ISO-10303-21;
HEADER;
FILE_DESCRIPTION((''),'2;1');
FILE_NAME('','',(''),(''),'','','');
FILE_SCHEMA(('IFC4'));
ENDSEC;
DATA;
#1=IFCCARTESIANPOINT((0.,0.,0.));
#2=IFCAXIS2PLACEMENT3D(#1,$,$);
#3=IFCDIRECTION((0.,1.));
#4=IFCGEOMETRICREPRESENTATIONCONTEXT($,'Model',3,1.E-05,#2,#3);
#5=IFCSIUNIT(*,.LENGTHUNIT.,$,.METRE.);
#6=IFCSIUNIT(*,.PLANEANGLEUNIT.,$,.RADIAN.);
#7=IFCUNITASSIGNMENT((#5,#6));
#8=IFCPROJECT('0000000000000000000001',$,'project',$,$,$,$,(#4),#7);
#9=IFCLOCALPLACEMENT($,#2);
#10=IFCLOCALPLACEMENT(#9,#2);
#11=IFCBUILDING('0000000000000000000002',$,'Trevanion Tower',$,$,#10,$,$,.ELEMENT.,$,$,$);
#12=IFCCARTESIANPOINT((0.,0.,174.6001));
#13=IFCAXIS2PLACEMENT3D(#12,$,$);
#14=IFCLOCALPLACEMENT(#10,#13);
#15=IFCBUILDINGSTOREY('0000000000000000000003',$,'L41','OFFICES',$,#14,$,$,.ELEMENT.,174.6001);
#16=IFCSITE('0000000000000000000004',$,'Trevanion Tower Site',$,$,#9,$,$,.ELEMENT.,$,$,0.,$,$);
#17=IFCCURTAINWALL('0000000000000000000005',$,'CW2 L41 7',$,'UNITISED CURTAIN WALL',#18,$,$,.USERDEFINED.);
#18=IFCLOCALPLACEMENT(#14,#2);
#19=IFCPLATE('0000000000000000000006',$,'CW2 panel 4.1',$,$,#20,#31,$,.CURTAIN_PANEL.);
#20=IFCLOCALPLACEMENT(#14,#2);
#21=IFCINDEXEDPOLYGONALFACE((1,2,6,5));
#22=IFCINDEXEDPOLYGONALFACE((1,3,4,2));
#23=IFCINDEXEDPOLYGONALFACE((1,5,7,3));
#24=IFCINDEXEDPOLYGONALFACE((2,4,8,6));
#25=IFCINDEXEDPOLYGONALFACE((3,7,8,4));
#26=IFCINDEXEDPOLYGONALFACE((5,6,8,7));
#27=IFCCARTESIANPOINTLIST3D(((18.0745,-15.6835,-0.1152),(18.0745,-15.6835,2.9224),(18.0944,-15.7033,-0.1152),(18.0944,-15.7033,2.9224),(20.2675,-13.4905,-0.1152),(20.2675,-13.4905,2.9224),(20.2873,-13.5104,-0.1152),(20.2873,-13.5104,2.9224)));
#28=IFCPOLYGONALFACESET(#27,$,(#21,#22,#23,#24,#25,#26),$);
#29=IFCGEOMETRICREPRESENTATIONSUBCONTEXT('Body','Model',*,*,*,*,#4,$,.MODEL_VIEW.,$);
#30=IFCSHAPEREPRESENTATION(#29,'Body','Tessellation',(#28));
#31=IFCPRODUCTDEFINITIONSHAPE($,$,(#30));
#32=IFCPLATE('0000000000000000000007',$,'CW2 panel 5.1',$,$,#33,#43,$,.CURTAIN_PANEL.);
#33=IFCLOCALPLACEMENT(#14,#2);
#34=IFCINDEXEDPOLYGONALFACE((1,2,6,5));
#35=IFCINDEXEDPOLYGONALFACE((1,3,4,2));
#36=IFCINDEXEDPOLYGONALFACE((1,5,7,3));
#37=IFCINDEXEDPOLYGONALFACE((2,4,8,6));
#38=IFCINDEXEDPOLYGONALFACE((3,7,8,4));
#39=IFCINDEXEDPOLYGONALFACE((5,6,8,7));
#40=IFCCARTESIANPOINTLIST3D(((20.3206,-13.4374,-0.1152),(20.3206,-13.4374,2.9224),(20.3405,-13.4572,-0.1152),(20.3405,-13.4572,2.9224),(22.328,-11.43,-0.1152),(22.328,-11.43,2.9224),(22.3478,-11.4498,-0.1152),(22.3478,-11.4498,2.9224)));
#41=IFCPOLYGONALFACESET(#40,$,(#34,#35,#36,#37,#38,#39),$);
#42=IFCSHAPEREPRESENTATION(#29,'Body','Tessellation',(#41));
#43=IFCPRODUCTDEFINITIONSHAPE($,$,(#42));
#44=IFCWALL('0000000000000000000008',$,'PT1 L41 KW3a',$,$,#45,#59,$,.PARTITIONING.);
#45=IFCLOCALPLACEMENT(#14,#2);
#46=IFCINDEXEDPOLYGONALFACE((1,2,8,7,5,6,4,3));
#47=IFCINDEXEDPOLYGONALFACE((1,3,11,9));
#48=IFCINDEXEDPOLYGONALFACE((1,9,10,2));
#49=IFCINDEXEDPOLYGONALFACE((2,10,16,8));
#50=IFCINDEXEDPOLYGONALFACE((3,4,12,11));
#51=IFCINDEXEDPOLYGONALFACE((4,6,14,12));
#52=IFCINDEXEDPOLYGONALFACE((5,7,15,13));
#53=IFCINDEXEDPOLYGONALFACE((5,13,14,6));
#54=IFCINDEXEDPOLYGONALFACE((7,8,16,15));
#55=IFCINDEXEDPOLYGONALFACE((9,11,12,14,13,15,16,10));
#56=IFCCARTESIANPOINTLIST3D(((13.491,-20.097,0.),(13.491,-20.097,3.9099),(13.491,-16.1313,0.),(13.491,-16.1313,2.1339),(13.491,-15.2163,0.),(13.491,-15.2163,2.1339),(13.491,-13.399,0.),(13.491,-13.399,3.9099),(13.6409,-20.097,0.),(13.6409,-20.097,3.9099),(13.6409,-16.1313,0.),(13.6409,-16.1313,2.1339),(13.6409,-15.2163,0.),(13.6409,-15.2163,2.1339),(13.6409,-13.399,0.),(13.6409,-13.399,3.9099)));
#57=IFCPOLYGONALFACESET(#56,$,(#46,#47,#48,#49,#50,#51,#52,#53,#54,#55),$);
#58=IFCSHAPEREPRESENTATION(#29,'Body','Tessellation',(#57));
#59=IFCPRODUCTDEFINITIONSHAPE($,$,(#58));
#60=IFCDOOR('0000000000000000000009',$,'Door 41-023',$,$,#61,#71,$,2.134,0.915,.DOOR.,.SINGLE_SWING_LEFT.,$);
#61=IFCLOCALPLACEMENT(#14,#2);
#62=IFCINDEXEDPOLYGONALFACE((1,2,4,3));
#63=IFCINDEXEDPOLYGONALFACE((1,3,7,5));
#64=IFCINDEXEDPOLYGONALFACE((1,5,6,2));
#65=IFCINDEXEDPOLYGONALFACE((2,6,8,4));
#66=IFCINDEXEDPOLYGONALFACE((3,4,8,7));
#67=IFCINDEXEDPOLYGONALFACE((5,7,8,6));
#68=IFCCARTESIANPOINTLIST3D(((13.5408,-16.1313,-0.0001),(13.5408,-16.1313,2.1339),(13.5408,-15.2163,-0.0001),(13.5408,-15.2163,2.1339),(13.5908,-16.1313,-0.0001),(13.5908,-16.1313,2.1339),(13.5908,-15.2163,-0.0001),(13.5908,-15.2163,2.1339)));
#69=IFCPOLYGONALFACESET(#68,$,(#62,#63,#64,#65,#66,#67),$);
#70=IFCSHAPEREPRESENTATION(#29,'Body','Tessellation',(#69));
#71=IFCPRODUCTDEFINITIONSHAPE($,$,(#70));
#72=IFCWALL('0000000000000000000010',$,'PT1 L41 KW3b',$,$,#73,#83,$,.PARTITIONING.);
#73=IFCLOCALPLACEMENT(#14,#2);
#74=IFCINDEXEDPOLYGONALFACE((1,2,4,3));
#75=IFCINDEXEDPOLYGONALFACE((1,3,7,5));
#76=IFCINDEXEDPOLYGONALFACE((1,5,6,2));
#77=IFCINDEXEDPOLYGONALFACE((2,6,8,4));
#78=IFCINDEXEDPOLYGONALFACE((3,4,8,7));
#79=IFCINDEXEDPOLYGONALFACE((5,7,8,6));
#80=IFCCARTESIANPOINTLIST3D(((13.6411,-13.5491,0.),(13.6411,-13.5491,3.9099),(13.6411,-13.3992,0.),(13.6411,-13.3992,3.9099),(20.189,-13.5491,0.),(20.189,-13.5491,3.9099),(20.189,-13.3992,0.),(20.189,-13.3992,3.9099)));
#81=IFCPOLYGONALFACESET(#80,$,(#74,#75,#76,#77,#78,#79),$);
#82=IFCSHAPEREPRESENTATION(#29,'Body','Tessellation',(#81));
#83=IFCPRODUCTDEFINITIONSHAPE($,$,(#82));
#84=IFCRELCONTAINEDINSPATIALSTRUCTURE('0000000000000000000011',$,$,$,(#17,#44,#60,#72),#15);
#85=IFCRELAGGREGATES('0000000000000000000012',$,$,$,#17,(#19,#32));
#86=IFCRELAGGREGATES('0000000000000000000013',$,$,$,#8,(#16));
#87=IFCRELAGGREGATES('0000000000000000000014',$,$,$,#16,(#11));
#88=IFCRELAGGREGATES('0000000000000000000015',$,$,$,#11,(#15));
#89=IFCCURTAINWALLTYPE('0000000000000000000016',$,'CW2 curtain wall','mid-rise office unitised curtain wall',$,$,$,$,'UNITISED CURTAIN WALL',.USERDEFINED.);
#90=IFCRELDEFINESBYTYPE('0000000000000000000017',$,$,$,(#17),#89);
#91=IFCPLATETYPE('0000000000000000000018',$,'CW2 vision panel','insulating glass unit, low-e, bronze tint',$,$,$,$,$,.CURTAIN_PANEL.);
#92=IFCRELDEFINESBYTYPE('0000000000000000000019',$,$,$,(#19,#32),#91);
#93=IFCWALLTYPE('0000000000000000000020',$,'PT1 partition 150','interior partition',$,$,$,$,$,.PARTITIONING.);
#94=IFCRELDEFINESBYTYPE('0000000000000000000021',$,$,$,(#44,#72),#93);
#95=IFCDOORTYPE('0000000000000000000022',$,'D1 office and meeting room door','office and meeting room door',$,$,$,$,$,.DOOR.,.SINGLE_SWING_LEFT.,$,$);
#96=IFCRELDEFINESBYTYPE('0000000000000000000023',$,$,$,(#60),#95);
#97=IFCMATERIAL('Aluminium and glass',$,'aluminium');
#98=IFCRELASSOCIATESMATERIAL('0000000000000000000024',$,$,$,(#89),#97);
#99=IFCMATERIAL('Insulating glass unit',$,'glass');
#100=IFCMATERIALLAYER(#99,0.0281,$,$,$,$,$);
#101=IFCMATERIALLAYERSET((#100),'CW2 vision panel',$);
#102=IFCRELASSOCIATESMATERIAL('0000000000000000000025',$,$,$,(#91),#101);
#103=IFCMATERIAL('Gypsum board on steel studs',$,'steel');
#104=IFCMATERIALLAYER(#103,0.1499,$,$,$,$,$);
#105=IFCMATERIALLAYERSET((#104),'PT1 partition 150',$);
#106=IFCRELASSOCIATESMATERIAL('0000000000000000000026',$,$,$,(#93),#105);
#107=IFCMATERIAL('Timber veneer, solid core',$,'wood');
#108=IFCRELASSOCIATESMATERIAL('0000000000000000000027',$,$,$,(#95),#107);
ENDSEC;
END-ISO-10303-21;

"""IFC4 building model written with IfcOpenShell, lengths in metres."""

from ifc_helpers import new_model, si_unit, direction, frame, frame_2d, origin, origin_2d, place, context, subcontext, project, spatial, rectangle, extrude, material, layer, layer_set, type_object, element, fill, aggregate, save


model = new_model("IFC4")

# Units and contexts
model_context = context("Model", 3, precision=1e-05, world=origin(), true_north=direction((0.0, 1.0)))
body_context = subcontext(model_context, "Body", "Model", "MODEL_VIEW")
ifc_project = project(units=[si_unit("LENGTHUNIT", "METRE"), si_unit("PLANEANGLEUNIT", "RADIAN")], contexts=[model_context])

# Site, building, storey
site_placement = place(None, origin())
site = spatial("IfcSite", under=ifc_project, at=site_placement, Name="Trevanion Tower Site", CompositionType="ELEMENT", RefElevation=0.0)
building_placement = place(site_placement, origin())
building = spatial("IfcBuilding", under=site, at=building_placement, Name="Trevanion Tower", CompositionType="ELEMENT")
storey_placement = place(building_placement, frame((0.0, 0.0, 174.6001)))
storey = spatial("IfcBuildingStorey", under=building, at=storey_placement, Name="L41", Description="OFFICES", CompositionType="ELEMENT", Elevation=174.6001)

# Curtain wall
ifc_material_1 = material(Name="Aluminium and glass", Category="aluminium")
curtain_wall_type = type_object("IfcCurtainWallType", Name="CW2 curtain wall", Description="mid-rise office unitised curtain wall", ElementType="UNITISED CURTAIN WALL", PredefinedType="USERDEFINED", material=ifc_material_1)
curtain_wall_1_placement = place(storey_placement, origin())
curtain_wall_1 = element("IfcCurtainWall", 1, at=curtain_wall_1_placement, inside=storey, type_object=curtain_wall_type, Name="CW2 L41 7", ObjectType="UNITISED CURTAIN WALL", PredefinedType="USERDEFINED")

# Plates
ifc_material_2 = material(Name="Insulating glass unit", Category="glass")
ifc_layer_1 = layer(ifc_material_2, 0.0281)
ifc_layer_set_1 = layer_set([ifc_layer_1], Name="CW2 vision panel")
plate_type_1 = type_object("IfcPlateType", Name="CW2 vision panel", Description="insulating glass unit, low-e, bronze tint", PredefinedType="CURTAIN_PANEL", material=ifc_layer_set_1)
plate_1_placement = place(storey_placement, frame((19.1809, -14.5969, -0.1152), z_axis=(0.0, 0.0, 1.0), x_axis=(0.707107, 0.707107, 0.0)))
plate_1 = element("IfcPlate", 2, at=plate_1_placement, type_object=plate_type_1, Name="CW2 panel 4.1", PredefinedType="CURTAIN_PANEL", context=body_context, shape_type="SweptSolid", body=[
    extrude(rectangle(XDim=3.1013, YDim=0.0281, at=origin_2d()), origin(), (0.0, 0.0, 1.0), 3.0376),
])
plate_2_placement = place(storey_placement, frame((21.3342, -12.4436, -0.1152), z_axis=(0.0, 0.0, 1.0), x_axis=(0.707107, 0.707107, 0.0)))
plate_2 = element("IfcPlate", 3, at=plate_2_placement, type_object=plate_type_1, Name="CW2 panel 5.1", PredefinedType="CURTAIN_PANEL", context=body_context, shape_type="SweptSolid", body=[
    extrude(rectangle(XDim=2.8389, YDim=0.0281, at=origin_2d()), origin(), (0.0, 0.0, 1.0), 3.0376),
])
aggregate(curtain_wall_1, [plate_1, plate_2])

# Wall, opening, door
ifc_material_3 = material(Name="Gypsum board on steel studs", Category="steel")
ifc_layer_2 = layer(ifc_material_3, 0.1499)
ifc_layer_set_2 = layer_set([ifc_layer_2], Name="PT1 partition 150")
wall_type = type_object("IfcWallType", Name="PT1 partition 150", Description="interior partition", PredefinedType="PARTITIONING", material=ifc_layer_set_2)
wall_1_placement = place(storey_placement, frame((13.5659, -13.3989, 0.0), z_axis=(0.0, 0.0, 1.0), x_axis=(0.0, -1.0, 0.0)))
wall_1 = element("IfcWall", 4, at=wall_1_placement, inside=storey, type_object=wall_type, Name="PT1 L41 KW3a", PredefinedType="PARTITIONING", context=body_context, shape_type="SweptSolid", body=[
    extrude(rectangle(XDim=6.698, YDim=0.1499, at=frame_2d((3.3491, 0.0))), origin(), (0.0, 0.0, 1.0), 3.9099),
])
opening_placement = place(wall_1_placement, frame((1.8174, 0.0, 0.0)))
opening = element("IfcOpeningElement", 5, at=opening_placement, cuts=wall_1, PredefinedType="OPENING", context=body_context, shape_type="SweptSolid", body=[
    extrude(rectangle(XDim=0.915, YDim=2.134, at=frame_2d((0.4575, 1.0669))), frame((0.0, 0.085, 0.0), z_axis=(0.0, -1.0, 0.0), x_axis=(1.0, 0.0, 0.0)), (0.0, 0.0, 1.0), 0.1699),
])
ifc_material_4 = material(Name="Timber veneer, solid core", Category="wood")
door_type = type_object("IfcDoorType", Name="D1 office and meeting room door", Description="office and meeting room door", OperationType="SINGLE_SWING_LEFT", PredefinedType="DOOR", material=ifc_material_4)
door_placement = place(opening_placement, origin())
door = element("IfcDoor", 6, at=door_placement, inside=storey, type_object=door_type, Name="Door 41-023", OperationType="SINGLE_SWING_LEFT", OverallHeight=2.134, OverallWidth=0.915, PredefinedType="DOOR", context=body_context, shape_type="SweptSolid", body=[
    extrude(rectangle(XDim=0.915, YDim=2.134, at=frame_2d((0.4575, 1.0669))), frame((0.0, 0.0249, 0.0), z_axis=(0.0, -1.0, 0.0), x_axis=(1.0, 0.0, 0.0)), (0.0, 0.0, 1.0), 0.05),
])
fill(opening, door)

# Wall
wall_2_placement = place(storey_placement, frame((13.6411, -13.4741, 0.0), z_axis=(0.0, 0.0, 1.0), x_axis=(1.0, 0.0, 0.0)))
element("IfcWall", 7, at=wall_2_placement, inside=storey, type_object=wall_type, Name="PT1 L41 KW3b", PredefinedType="PARTITIONING", context=body_context, shape_type="SweptSolid", body=[
    extrude(rectangle(XDim=6.5479, YDim=0.1499, at=frame_2d((3.2739, 0.0))), origin(), (0.0, 0.0, 1.0), 3.9099),
])

save(model, "model.ifc")
